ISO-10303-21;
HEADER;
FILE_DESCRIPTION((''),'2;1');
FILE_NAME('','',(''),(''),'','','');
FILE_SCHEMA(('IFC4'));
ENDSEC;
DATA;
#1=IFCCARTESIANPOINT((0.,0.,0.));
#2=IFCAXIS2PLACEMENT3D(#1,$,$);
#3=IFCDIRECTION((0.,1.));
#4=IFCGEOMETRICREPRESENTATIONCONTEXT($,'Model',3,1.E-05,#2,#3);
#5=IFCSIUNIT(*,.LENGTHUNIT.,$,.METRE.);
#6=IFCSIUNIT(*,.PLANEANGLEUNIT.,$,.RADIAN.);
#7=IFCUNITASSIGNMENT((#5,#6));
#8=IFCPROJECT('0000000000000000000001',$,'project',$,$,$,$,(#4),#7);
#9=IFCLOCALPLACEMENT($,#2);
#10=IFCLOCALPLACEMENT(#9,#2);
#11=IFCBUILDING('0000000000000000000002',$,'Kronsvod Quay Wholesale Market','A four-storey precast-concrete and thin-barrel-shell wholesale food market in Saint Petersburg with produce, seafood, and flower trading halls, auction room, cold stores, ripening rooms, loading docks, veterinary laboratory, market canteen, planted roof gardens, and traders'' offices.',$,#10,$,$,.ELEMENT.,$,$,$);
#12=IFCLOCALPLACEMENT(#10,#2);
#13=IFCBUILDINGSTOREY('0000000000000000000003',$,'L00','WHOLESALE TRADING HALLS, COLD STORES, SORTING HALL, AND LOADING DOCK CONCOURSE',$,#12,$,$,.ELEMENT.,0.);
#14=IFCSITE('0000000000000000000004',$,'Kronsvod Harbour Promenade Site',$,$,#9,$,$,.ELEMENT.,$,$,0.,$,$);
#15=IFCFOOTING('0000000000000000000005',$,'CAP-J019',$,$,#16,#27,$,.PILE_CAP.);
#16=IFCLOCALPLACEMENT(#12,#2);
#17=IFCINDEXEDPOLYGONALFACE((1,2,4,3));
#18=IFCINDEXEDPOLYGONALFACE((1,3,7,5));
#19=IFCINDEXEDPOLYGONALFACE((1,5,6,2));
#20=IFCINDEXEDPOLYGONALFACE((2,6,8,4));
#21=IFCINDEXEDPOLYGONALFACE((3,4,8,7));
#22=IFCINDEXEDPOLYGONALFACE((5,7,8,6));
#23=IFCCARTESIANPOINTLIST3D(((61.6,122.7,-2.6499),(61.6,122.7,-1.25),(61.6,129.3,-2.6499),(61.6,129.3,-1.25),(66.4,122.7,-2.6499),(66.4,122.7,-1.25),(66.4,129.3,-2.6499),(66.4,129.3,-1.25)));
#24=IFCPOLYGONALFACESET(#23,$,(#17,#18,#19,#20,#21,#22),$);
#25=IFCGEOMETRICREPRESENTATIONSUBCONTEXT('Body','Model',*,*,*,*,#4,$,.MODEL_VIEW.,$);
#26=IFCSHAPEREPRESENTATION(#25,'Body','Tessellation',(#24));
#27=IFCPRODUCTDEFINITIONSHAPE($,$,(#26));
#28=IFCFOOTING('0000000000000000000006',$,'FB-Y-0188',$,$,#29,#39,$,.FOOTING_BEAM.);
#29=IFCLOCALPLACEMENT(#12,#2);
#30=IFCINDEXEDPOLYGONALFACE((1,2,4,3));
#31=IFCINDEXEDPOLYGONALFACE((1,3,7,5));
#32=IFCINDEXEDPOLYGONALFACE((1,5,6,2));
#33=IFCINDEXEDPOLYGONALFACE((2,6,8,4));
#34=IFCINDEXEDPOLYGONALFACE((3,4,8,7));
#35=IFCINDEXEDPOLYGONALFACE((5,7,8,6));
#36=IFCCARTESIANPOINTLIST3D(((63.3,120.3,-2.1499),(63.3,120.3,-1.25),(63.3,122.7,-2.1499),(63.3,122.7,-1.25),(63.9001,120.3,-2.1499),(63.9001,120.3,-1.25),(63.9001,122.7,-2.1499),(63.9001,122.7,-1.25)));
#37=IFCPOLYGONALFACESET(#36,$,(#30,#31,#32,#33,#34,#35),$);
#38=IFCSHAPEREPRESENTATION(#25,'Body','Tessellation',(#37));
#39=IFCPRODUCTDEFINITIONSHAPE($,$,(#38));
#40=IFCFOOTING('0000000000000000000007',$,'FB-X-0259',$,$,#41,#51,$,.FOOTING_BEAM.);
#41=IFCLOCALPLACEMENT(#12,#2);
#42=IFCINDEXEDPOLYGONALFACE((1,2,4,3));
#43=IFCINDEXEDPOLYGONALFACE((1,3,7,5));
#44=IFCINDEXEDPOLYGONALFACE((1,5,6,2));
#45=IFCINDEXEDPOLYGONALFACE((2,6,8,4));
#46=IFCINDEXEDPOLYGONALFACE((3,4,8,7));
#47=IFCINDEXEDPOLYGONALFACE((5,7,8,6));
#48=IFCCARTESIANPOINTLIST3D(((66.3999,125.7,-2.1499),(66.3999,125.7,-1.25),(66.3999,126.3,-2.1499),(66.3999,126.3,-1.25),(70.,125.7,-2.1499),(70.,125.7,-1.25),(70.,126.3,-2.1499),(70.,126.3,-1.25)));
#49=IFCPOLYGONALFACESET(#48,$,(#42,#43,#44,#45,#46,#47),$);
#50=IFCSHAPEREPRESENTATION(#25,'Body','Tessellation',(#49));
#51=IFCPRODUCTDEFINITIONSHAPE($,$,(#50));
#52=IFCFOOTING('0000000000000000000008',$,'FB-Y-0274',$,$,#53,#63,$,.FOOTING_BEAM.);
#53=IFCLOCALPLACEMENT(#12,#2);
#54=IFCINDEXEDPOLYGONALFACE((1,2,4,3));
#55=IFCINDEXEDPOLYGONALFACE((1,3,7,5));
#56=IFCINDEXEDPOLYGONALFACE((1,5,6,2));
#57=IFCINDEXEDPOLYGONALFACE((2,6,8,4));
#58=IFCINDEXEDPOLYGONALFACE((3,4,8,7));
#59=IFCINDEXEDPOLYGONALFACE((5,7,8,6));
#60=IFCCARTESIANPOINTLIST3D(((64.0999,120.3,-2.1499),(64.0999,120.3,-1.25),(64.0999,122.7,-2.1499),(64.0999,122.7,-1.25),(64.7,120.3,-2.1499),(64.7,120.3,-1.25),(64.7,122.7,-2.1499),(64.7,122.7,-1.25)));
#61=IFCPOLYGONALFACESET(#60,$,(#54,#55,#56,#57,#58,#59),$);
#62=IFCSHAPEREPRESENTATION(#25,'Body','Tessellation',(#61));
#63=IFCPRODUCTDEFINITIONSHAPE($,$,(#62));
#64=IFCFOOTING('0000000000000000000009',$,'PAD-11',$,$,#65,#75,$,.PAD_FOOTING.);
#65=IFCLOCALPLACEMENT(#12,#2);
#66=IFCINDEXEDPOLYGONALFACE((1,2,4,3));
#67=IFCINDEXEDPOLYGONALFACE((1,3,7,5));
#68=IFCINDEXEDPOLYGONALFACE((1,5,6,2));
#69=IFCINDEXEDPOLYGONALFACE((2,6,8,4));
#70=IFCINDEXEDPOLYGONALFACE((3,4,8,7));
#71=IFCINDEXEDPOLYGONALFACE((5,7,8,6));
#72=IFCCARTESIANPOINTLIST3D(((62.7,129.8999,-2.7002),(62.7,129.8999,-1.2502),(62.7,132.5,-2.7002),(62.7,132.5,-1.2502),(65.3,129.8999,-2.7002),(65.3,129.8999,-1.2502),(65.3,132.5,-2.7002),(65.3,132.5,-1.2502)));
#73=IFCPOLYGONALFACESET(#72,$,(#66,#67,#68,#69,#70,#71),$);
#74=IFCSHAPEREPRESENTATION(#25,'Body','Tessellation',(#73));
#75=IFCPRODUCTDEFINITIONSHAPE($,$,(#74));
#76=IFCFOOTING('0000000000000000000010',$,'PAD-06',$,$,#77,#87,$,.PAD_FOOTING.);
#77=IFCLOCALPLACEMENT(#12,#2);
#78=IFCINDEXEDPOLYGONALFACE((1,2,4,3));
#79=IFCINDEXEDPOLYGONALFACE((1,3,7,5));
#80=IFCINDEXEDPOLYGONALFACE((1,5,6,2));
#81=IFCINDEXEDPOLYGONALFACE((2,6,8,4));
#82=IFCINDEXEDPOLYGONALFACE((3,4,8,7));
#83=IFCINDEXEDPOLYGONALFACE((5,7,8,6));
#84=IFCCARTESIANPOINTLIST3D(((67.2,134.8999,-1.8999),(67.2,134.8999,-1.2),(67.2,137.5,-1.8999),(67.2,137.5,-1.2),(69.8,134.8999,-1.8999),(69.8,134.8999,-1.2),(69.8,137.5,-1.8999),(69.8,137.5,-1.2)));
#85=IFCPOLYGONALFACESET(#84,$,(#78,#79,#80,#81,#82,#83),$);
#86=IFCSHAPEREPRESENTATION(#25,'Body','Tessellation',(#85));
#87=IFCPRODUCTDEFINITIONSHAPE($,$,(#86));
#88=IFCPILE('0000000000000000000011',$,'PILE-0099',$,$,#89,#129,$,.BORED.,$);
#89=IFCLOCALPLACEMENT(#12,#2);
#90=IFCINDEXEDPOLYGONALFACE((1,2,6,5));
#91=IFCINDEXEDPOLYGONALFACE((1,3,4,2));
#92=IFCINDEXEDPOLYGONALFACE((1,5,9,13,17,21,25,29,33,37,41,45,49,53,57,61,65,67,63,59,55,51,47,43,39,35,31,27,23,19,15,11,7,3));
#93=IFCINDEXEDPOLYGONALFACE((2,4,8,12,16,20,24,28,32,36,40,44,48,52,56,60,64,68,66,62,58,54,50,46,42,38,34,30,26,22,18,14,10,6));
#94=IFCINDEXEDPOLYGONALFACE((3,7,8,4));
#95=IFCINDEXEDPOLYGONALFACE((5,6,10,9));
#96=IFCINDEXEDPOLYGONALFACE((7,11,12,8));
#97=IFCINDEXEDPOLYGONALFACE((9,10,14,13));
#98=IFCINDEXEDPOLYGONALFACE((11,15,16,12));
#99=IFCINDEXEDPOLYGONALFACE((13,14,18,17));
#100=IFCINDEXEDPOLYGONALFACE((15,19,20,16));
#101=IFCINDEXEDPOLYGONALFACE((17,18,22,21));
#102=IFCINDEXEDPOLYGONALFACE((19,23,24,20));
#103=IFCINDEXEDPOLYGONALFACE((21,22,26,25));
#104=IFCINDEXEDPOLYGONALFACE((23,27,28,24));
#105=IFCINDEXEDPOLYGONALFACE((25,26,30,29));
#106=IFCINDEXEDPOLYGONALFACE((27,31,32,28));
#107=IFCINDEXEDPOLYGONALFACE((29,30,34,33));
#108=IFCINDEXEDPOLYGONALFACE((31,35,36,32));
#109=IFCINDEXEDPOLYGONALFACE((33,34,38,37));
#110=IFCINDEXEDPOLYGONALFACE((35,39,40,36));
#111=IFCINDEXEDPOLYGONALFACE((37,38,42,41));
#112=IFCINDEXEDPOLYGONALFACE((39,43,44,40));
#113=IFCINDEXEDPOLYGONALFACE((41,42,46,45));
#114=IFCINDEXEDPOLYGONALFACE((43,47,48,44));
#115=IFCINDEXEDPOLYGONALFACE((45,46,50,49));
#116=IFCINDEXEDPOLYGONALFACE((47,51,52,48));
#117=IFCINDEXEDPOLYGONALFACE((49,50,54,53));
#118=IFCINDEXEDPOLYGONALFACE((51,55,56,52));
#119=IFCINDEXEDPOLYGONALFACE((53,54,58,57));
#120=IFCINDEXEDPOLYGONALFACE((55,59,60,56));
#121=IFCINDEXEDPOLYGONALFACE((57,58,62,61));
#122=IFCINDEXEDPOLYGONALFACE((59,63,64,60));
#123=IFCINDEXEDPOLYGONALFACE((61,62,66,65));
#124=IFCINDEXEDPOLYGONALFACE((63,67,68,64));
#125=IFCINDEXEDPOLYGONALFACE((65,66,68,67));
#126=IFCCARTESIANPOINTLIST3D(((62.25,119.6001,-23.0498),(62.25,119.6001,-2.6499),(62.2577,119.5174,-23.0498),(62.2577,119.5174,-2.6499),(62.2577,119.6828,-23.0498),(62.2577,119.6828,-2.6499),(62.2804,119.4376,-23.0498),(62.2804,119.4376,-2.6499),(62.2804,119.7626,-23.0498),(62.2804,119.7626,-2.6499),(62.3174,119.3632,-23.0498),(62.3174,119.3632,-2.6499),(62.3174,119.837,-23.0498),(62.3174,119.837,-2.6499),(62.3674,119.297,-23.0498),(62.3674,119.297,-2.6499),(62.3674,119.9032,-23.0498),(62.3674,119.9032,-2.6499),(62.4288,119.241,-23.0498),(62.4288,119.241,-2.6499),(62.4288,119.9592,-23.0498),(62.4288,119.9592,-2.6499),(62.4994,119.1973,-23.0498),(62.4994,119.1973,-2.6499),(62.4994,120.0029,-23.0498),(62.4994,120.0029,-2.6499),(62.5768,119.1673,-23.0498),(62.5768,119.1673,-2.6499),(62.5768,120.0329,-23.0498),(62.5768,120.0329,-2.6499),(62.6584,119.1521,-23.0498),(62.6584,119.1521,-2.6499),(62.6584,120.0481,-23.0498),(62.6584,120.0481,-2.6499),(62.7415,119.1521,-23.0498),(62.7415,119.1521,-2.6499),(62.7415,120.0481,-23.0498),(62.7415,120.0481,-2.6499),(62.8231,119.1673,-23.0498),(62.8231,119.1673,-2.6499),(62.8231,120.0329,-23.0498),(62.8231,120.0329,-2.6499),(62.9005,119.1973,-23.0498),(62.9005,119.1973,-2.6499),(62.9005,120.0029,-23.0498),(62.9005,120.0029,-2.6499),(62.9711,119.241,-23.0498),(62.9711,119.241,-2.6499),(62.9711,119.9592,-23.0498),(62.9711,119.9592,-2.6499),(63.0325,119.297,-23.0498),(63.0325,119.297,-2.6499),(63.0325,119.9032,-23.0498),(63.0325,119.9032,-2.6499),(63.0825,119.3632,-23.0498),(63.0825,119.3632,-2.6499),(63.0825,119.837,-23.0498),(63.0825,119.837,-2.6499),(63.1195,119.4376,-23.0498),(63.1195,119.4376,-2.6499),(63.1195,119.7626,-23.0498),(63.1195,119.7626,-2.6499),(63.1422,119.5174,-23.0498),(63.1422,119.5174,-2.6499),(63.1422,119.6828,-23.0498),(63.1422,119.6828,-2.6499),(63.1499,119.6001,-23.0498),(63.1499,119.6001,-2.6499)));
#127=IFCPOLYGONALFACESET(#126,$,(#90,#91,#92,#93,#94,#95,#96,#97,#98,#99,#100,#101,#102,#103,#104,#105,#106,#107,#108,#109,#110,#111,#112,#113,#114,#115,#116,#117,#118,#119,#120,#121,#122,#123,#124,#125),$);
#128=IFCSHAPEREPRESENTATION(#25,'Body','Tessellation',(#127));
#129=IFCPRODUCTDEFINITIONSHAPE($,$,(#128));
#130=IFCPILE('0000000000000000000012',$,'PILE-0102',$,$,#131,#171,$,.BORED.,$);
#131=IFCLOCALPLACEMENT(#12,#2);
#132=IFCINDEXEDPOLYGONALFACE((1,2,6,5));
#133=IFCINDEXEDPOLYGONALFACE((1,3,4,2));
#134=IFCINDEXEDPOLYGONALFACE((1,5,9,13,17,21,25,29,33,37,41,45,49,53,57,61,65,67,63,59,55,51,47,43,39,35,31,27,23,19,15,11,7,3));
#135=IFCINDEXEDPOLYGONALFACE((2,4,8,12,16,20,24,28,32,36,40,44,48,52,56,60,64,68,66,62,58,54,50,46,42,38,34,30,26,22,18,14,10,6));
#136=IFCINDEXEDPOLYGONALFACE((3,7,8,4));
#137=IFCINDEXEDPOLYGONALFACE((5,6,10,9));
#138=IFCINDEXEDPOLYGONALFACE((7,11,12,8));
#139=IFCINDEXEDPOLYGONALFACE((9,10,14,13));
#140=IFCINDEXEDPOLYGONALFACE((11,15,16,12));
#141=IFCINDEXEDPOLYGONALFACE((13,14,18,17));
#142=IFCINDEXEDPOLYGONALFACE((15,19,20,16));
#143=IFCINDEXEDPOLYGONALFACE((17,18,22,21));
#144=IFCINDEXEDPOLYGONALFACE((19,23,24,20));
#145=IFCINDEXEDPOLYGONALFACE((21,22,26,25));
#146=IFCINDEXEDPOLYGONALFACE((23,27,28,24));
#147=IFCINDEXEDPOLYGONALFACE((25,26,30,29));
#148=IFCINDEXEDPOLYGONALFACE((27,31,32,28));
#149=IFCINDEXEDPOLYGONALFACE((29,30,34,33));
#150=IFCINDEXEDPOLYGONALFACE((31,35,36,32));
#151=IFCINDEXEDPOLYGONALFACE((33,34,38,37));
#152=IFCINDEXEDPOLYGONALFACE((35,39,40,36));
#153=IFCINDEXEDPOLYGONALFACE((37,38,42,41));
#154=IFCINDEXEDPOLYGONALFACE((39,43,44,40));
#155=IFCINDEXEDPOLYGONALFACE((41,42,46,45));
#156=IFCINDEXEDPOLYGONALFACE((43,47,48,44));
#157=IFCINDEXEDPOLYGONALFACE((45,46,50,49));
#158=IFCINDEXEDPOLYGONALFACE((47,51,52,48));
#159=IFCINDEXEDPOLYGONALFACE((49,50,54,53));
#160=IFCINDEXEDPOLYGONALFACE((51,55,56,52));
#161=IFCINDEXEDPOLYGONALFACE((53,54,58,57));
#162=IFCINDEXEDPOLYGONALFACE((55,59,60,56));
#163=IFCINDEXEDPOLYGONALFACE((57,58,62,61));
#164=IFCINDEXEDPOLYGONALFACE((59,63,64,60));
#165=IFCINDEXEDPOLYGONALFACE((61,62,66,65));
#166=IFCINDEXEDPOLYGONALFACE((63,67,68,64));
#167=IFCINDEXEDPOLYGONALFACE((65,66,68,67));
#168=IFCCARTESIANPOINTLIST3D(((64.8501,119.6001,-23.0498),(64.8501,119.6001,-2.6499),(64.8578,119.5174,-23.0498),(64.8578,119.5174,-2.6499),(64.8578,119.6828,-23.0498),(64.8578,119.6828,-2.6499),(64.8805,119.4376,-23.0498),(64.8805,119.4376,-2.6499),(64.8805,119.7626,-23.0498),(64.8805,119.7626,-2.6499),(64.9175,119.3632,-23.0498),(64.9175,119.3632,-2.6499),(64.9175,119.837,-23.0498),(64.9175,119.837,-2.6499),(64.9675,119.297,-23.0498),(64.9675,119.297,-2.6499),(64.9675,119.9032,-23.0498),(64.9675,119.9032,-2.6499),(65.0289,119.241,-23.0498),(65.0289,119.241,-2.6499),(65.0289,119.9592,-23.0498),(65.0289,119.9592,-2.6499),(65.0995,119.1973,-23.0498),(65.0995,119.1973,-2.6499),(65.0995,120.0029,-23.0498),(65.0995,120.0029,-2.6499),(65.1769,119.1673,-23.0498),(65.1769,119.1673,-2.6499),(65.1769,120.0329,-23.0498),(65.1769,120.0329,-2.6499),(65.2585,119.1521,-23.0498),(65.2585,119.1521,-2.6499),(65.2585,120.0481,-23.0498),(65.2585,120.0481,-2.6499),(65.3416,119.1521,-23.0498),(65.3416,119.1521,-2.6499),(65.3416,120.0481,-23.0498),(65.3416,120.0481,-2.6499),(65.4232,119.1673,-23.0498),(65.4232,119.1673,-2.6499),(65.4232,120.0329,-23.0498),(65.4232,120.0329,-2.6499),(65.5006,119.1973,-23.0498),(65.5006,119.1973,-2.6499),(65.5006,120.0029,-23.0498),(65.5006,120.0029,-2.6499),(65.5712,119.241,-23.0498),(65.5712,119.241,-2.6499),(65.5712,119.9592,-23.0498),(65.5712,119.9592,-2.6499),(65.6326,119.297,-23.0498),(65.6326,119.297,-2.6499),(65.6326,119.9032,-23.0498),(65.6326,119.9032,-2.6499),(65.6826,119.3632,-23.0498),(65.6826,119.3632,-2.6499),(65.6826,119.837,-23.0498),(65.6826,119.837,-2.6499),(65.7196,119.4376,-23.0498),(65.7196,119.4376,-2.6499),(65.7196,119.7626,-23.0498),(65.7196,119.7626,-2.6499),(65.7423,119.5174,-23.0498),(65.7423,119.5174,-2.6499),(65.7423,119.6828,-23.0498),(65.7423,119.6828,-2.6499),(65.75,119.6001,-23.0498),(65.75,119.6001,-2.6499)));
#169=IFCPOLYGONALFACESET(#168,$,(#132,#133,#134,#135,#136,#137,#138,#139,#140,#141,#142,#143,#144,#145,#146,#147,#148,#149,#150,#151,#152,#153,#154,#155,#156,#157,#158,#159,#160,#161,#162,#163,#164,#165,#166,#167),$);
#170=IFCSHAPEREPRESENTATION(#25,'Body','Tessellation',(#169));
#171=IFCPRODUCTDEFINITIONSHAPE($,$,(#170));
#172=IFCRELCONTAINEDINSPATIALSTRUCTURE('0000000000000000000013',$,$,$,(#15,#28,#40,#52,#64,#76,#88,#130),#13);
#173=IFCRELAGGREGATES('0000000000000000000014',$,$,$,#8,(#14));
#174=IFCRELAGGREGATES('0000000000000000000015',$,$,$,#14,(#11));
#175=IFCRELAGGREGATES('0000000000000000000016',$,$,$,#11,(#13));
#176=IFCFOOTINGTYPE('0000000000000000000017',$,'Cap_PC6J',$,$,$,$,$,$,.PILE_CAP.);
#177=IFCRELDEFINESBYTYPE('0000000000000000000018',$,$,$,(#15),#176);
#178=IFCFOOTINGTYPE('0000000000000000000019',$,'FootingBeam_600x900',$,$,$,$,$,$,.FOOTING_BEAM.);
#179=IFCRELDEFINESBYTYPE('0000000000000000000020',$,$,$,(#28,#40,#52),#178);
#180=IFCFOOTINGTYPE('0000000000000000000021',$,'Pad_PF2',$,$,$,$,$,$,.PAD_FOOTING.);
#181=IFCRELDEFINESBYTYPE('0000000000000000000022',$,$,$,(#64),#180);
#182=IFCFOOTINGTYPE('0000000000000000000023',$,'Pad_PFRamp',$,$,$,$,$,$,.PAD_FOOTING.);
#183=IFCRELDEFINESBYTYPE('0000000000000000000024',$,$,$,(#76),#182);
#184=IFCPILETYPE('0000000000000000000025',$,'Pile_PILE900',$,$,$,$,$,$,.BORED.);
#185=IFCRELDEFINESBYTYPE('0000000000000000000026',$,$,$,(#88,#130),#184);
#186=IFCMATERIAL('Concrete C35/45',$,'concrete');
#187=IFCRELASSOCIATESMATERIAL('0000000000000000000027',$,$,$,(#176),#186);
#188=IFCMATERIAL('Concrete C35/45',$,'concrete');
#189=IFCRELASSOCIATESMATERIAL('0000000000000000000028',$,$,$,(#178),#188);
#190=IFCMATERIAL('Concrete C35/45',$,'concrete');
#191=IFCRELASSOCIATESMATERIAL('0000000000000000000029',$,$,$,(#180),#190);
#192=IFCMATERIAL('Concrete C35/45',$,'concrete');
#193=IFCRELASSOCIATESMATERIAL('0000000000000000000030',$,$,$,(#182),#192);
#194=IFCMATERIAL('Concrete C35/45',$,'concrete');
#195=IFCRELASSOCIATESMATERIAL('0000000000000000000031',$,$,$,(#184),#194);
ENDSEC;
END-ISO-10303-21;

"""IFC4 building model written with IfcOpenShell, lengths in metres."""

from ifc_helpers import new_model, si_unit, direction, frame, origin, origin_2d, place, context, subcontext, project, spatial, rectangle, circle, extrude, material, material_profile, profile_set, type_object, element, save


model = new_model("IFC4")

# Units and contexts
model_context = context("Model", 3, precision=1e-05, world=origin(), true_north=direction((0.0, 1.0)))
body_context = subcontext(model_context, "Body", "Model", "MODEL_VIEW")
ifc_project = project(units=[si_unit("LENGTHUNIT", "METRE"), si_unit("PLANEANGLEUNIT", "RADIAN")], contexts=[model_context])

# Site, building, storey
site_placement = place(None, origin())
site = spatial("IfcSite", under=ifc_project, at=site_placement, Name="Kronsvod Harbour Promenade Site", CompositionType="ELEMENT", RefElevation=0.0)
building_placement = place(site_placement, origin())
building = spatial("IfcBuilding", under=site, at=building_placement, Name="Kronsvod Quay Wholesale Market", Description="A four-storey precast-concrete and thin-barrel-shell wholesale food market in Saint Petersburg with produce, seafood, and flower trading halls, auction room, cold stores, ripening rooms, loading docks, veterinary laboratory, market canteen, planted roof gardens, and traders' offices.", CompositionType="ELEMENT")
storey_placement = place(building_placement, origin())
storey = spatial("IfcBuildingStorey", under=building, at=storey_placement, Name="L00", Description="WHOLESALE TRADING HALLS, COLD STORES, SORTING HALL, AND LOADING DOCK CONCOURSE", CompositionType="ELEMENT", Elevation=0.0)

# Footings
ifc_material_1 = material(Name="Concrete C35/45", Category="concrete")
footing_type_1 = type_object("IfcFootingType", Name="Cap_PC6J", PredefinedType="PILE_CAP", material=ifc_material_1)
footing_1_placement = place(storey_placement, frame((64.0, 126.0, -2.6499), z_axis=(0.0, 0.0, 1.0), x_axis=(1.0, 0.0, 0.0)))
element("IfcFooting", 1, at=footing_1_placement, inside=storey, type_object=footing_type_1, Name="CAP-J019", PredefinedType="PILE_CAP", context=body_context, shape_type="SweptSolid", body=[
    extrude(rectangle(XDim=4.8, YDim=6.6001, at=origin_2d()), origin(), (0.0, 0.0, 1.0), 1.3999),
])
ifc_material_2 = material(Name="Concrete C35/45", Category="concrete")
ifc_material_profile_1 = material_profile(ifc_material_2, rectangle(XDim=0.6001, YDim=0.8999, at=origin_2d()), Name="FB-02")
ifc_profile_set_1 = profile_set([ifc_material_profile_1], Name="Concrete C35/45")
footing_type_2 = type_object("IfcFootingType", Name="FootingBeam_600x900", PredefinedType="FOOTING_BEAM", material=ifc_profile_set_1)
footing_2_placement = place(storey_placement, frame((63.6001, 120.3, -1.7), z_axis=(0.0, 1.0, 0.0), x_axis=(-1.0, 0.0, 0.0)))
element("IfcFooting", 2, at=footing_2_placement, inside=storey, type_object=footing_type_2, Name="FB-Y-0188", PredefinedType="FOOTING_BEAM", context=body_context, shape_type="SweptSolid", body=[
    extrude(rectangle(XDim=0.6001, YDim=0.8999, at=origin_2d()), origin(), (0.0, 0.0, 1.0), 2.3999),
])
footing_3_placement = place(storey_placement, frame((66.3999, 126.0, -1.7), z_axis=(1.0, 0.0, 0.0), x_axis=(0.0, 1.0, 0.0)))
element("IfcFooting", 3, at=footing_3_placement, inside=storey, type_object=footing_type_2, Name="FB-X-0259", PredefinedType="FOOTING_BEAM", context=body_context, shape_type="SweptSolid", body=[
    extrude(rectangle(XDim=0.6001, YDim=0.8999, at=origin_2d()), origin(), (0.0, 0.0, 1.0), 3.6001),
])
footing_4_placement = place(storey_placement, frame((64.3999, 120.3, -1.7), z_axis=(0.0, 1.0, 0.0), x_axis=(-1.0, 0.0, 0.0)))
element("IfcFooting", 4, at=footing_4_placement, inside=storey, type_object=footing_type_2, Name="FB-Y-0274", PredefinedType="FOOTING_BEAM", context=body_context, shape_type="SweptSolid", body=[
    extrude(rectangle(XDim=0.6001, YDim=0.8999, at=origin_2d()), origin(), (0.0, 0.0, 1.0), 2.3999),
])
ifc_material_3 = material(Name="Concrete C35/45", Category="concrete")
footing_type_3 = type_object("IfcFootingType", Name="Pad_PF2", PredefinedType="PAD_FOOTING", material=ifc_material_3)
footing_5_placement = place(storey_placement, frame((64.0, 131.2, -2.7002), z_axis=(0.0, 0.0, 1.0), x_axis=(1.0, 0.0, 0.0)))
element("IfcFooting", 5, at=footing_5_placement, inside=storey, type_object=footing_type_3, Name="PAD-11", PredefinedType="PAD_FOOTING", context=body_context, shape_type="SweptSolid", body=[
    extrude(rectangle(XDim=2.6001, YDim=2.6001, at=origin_2d()), origin(), (0.0, 0.0, 1.0), 1.45),
])
ifc_material_4 = material(Name="Concrete C35/45", Category="concrete")
footing_type_4 = type_object("IfcFootingType", Name="Pad_PFRamp", PredefinedType="PAD_FOOTING", material=ifc_material_4)
footing_6_placement = place(storey_placement, frame((68.5, 136.2, -1.8999), z_axis=(0.0, 0.0, 1.0), x_axis=(1.0, 0.0, 0.0)))
element("IfcFooting", 6, at=footing_6_placement, inside=storey, type_object=footing_type_4, Name="PAD-06", PredefinedType="PAD_FOOTING", context=body_context, shape_type="SweptSolid", body=[
    extrude(rectangle(XDim=2.6001, YDim=2.6001, at=origin_2d()), origin(), (0.0, 0.0, 1.0), 0.7),
])

# Piles
ifc_material_5 = material(Name="Concrete C35/45", Category="concrete")
ifc_material_profile_2 = material_profile(ifc_material_5, circle(Radius=0.45, at=origin_2d()), Name="PILE900")
ifc_profile_set_2 = profile_set([ifc_material_profile_2], Name="Concrete C35/45")
pile_type = type_object("IfcPileType", Name="Pile_PILE900", PredefinedType="BORED", material=ifc_profile_set_2)
for number, where, z_axis, x_axis, name in (
    (7, (62.7, 119.6001, -2.6499), (0.0, 0.0, -1.0), (1.0, 0.0, 0.0), "PILE-0099"),
    (8, (65.3, 119.6001, -2.6499), (0.0, 0.0, -1.0), (1.0, 0.0, 0.0), "PILE-0102"),
):
    element("IfcPile", number, at=place(storey_placement, frame(where, z_axis=z_axis, x_axis=x_axis)), inside=storey, type_object=pile_type, Name=name, PredefinedType="BORED", context=body_context, shape_type="SweptSolid", body=[
        extrude(circle(Radius=0.45, at=origin_2d()), origin(), (0.0, 0.0, 1.0), 20.3999),
    ])

save(model, "model.ifc")
